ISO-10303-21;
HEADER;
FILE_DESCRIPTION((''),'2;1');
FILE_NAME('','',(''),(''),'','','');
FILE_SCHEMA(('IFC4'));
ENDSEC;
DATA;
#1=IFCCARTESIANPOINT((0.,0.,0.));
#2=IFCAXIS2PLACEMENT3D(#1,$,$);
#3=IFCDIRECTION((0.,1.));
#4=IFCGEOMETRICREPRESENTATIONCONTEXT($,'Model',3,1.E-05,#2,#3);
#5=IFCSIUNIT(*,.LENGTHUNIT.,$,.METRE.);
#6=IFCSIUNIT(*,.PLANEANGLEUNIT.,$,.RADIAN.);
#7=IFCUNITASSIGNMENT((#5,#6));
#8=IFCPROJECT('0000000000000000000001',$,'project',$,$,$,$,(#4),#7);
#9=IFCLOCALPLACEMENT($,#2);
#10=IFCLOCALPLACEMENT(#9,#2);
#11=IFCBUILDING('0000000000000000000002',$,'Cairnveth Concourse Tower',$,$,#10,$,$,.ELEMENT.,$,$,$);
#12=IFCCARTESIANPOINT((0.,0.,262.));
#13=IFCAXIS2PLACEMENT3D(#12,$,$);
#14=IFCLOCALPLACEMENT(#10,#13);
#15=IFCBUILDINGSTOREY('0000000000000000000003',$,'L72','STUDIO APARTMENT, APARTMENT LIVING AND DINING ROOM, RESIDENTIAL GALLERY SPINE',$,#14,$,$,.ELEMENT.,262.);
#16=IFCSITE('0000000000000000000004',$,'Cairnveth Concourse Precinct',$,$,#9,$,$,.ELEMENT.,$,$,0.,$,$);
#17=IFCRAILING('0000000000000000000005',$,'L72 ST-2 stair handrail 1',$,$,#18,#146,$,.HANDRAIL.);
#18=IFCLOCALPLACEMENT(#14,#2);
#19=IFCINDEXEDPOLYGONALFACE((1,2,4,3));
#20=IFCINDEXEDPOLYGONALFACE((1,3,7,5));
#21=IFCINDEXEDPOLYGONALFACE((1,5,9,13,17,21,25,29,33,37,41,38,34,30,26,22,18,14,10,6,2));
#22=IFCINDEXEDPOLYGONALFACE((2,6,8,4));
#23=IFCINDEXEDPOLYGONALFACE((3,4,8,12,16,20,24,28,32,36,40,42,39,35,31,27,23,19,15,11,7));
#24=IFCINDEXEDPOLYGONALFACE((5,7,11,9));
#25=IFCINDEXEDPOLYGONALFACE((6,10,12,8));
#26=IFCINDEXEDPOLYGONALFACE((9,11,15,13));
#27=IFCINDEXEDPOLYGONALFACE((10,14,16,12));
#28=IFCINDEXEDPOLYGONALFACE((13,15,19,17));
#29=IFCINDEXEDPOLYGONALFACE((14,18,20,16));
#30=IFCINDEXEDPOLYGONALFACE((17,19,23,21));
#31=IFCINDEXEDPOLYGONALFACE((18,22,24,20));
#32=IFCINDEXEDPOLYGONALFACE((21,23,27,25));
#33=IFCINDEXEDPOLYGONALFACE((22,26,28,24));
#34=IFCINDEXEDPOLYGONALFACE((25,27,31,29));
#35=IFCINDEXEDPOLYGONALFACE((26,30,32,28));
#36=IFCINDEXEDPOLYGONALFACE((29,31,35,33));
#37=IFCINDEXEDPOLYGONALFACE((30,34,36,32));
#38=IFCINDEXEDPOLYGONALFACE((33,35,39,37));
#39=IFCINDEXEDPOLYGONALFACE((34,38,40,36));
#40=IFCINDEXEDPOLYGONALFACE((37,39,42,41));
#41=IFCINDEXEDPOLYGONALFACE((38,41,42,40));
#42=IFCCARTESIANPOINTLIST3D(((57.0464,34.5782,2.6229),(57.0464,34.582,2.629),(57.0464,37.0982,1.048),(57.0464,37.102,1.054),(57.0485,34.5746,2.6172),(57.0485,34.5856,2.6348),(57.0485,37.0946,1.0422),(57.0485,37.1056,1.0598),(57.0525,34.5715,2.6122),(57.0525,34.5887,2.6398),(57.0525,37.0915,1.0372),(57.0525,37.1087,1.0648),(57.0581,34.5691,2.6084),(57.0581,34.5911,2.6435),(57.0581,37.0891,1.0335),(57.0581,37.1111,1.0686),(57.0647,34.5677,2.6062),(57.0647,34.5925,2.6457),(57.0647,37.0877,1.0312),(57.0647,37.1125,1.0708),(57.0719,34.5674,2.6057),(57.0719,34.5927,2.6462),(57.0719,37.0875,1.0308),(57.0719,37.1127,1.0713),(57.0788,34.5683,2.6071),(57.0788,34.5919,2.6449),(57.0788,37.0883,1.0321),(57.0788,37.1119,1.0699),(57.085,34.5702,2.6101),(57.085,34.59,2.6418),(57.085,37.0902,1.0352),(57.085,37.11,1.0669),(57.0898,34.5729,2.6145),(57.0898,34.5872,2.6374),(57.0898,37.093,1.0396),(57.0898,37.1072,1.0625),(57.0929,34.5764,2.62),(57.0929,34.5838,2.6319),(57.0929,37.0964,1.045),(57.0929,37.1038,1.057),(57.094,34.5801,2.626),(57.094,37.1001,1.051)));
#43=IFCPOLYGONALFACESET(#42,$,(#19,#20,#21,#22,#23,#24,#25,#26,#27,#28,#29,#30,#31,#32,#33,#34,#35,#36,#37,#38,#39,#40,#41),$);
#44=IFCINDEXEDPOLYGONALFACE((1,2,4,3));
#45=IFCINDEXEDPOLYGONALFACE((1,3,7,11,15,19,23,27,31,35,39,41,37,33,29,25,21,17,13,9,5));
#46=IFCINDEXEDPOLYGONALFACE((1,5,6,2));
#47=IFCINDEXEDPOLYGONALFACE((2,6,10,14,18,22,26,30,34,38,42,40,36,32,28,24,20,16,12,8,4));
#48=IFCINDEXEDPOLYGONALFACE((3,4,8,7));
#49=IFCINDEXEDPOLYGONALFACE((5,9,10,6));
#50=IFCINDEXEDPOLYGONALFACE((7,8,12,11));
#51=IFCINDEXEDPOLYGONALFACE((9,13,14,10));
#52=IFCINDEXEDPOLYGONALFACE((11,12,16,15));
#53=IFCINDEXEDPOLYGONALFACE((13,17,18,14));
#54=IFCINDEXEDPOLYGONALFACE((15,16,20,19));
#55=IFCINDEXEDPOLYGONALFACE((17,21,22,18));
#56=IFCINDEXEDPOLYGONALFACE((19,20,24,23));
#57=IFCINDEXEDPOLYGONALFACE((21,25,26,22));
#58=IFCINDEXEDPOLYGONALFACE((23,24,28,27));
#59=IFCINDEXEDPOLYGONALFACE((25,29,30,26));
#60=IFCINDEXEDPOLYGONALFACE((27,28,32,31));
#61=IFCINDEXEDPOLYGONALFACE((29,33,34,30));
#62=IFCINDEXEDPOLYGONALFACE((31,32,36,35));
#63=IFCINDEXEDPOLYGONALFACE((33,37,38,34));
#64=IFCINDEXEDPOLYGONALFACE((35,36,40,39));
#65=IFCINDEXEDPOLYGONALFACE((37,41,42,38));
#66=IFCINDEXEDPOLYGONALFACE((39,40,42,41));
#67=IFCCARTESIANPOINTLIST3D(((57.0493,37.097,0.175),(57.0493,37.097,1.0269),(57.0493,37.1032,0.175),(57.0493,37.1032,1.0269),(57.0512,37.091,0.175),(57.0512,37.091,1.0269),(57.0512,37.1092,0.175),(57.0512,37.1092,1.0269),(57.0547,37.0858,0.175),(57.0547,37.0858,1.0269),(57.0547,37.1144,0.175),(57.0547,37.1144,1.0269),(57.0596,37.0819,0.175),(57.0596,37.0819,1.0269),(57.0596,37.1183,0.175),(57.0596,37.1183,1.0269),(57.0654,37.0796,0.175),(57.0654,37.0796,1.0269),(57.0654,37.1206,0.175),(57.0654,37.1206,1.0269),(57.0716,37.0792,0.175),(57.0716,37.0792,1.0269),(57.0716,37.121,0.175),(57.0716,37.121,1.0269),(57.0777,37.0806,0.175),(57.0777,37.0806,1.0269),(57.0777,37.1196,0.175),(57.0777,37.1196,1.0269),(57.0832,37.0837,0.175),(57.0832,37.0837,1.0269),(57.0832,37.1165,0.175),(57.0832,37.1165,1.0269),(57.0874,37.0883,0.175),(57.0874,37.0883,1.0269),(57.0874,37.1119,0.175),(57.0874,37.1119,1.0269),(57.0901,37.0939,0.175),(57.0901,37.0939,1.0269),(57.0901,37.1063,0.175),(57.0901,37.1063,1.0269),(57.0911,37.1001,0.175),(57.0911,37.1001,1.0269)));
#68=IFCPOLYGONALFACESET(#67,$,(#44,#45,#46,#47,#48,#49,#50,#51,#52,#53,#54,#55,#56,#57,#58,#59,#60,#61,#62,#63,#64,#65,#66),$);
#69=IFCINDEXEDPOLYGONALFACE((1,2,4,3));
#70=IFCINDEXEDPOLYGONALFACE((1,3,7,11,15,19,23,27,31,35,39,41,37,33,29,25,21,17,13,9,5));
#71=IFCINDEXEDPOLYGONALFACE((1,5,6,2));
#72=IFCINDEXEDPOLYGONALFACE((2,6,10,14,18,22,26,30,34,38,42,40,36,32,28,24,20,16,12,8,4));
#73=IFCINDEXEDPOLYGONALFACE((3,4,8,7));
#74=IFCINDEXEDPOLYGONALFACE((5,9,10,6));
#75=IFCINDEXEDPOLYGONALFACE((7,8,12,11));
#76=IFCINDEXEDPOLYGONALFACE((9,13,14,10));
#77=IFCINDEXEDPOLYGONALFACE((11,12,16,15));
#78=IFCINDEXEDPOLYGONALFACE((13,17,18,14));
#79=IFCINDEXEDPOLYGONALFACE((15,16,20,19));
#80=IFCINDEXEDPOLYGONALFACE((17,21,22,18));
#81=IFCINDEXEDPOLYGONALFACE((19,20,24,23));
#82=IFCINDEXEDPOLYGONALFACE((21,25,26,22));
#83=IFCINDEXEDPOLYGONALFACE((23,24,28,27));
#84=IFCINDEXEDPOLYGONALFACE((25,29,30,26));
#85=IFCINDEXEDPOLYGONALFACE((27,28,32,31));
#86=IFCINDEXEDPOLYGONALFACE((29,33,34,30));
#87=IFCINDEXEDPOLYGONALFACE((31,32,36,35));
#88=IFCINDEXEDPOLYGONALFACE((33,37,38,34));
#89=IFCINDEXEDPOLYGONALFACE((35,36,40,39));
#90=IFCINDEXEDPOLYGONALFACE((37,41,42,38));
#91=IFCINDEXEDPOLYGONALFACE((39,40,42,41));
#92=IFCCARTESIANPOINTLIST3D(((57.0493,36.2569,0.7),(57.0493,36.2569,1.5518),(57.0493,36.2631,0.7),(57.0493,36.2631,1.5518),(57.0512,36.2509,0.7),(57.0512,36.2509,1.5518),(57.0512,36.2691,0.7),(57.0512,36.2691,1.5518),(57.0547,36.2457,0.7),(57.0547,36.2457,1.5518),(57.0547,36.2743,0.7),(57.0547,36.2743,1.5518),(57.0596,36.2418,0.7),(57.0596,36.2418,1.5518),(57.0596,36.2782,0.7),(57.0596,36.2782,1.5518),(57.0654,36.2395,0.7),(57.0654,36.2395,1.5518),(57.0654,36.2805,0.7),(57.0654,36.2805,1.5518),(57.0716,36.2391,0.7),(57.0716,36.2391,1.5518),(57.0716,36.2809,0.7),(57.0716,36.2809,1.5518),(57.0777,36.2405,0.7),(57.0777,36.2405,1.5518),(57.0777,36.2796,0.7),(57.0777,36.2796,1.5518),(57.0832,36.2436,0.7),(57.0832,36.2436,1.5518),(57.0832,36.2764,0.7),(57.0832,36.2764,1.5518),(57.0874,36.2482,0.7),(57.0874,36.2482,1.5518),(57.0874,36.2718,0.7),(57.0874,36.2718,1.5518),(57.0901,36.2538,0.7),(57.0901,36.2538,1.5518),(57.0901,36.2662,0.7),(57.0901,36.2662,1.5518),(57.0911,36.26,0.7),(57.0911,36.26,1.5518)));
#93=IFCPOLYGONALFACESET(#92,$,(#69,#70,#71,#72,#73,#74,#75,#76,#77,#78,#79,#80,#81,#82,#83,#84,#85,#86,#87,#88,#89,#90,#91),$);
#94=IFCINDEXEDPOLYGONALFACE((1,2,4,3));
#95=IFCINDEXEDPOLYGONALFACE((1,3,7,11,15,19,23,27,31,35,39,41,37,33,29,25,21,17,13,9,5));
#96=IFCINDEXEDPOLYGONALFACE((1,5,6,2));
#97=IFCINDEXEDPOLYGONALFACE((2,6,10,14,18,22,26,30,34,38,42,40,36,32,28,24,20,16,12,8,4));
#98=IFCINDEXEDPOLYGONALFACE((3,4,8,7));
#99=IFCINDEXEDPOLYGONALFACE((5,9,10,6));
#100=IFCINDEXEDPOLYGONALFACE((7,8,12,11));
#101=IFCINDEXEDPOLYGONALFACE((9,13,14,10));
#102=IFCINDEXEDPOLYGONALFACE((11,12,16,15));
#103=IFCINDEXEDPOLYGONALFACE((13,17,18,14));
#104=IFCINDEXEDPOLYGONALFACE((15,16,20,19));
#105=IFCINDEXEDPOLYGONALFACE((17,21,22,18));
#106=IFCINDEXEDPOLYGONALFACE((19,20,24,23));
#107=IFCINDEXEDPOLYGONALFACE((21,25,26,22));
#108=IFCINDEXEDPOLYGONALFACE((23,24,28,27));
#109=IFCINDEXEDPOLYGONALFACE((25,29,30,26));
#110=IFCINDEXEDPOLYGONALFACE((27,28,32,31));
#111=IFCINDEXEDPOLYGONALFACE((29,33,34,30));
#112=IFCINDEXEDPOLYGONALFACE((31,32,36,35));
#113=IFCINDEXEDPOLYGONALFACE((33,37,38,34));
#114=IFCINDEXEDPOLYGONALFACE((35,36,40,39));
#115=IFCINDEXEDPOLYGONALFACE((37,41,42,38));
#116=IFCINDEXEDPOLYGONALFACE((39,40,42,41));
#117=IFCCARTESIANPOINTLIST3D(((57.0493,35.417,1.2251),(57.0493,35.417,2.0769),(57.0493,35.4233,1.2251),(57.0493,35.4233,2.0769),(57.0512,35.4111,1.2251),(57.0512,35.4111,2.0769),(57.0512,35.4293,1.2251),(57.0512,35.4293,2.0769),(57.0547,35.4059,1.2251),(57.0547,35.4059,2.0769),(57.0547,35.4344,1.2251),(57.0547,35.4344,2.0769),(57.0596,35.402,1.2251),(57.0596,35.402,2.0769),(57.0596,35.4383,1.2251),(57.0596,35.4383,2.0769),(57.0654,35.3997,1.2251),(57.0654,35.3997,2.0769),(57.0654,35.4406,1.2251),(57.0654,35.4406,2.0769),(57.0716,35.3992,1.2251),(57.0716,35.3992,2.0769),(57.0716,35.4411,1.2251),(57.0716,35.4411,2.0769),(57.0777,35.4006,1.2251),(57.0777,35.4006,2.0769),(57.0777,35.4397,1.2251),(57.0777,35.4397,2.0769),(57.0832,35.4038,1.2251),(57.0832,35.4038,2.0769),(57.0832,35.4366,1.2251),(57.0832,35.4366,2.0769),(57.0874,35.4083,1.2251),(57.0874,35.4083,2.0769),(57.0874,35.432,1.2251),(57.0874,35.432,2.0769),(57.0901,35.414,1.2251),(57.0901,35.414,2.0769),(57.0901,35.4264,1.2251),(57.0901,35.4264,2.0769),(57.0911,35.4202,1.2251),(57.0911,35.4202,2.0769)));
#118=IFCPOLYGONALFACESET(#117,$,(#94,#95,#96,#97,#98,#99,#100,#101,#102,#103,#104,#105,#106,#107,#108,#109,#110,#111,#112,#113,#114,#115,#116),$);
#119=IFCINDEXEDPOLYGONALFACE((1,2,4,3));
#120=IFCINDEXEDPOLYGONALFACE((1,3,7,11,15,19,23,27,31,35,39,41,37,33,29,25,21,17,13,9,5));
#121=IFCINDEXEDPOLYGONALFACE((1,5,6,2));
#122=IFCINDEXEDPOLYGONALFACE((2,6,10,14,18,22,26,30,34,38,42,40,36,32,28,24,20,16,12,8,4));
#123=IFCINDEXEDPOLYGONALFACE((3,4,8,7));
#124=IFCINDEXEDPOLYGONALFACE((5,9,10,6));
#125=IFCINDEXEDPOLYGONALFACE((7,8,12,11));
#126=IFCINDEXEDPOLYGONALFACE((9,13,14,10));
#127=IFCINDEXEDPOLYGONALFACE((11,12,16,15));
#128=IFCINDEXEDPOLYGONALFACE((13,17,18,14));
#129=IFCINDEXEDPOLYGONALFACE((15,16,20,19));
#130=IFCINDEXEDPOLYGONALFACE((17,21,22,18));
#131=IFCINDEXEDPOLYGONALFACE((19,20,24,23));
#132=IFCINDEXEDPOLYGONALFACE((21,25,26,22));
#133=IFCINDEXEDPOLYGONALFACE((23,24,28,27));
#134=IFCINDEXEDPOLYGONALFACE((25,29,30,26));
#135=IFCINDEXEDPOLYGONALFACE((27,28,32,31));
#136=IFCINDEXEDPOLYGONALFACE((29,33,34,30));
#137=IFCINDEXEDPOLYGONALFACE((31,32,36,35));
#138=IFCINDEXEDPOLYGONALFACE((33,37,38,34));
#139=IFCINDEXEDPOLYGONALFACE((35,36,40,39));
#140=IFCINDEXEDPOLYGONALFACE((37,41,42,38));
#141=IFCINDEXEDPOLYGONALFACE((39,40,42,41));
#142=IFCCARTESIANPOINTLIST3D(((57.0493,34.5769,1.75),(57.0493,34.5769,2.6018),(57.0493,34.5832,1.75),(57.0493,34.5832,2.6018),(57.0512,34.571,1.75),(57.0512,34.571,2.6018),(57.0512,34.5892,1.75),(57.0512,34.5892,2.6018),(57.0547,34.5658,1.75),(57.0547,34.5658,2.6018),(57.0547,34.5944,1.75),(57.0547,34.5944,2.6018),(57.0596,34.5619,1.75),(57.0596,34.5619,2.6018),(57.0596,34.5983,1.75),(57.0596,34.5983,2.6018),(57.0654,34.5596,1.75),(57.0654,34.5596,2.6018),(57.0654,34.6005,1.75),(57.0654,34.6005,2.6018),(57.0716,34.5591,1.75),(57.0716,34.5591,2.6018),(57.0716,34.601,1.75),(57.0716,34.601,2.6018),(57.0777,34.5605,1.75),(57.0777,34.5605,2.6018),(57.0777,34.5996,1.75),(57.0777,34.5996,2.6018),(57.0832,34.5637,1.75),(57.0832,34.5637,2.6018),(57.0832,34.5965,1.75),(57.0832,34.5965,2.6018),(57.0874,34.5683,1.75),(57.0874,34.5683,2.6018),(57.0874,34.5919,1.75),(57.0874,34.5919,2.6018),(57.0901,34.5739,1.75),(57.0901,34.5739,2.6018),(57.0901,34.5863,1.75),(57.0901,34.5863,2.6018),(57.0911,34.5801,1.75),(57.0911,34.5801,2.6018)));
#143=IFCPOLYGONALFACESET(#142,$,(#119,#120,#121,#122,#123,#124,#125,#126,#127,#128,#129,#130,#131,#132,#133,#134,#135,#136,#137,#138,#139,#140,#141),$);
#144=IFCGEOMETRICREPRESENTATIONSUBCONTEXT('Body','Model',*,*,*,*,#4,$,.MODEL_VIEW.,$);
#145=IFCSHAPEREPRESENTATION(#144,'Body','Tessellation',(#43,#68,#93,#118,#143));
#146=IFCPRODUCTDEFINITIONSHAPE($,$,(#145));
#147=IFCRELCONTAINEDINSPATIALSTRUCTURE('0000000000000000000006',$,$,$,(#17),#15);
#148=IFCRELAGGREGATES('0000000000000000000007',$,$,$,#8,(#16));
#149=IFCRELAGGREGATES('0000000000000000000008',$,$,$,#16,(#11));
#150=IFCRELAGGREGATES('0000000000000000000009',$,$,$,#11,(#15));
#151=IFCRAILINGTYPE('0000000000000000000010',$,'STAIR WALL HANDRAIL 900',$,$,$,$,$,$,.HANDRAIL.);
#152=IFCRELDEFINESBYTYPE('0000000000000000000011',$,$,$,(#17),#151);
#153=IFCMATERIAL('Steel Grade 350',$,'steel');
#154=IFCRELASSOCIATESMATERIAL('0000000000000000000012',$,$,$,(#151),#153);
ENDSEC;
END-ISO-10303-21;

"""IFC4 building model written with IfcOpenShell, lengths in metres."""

from ifc_helpers import new_model, si_unit, direction, frame, origin, origin_2d, place, context, subcontext, project, spatial, circle, extrude, material, type_object, element, save


model = new_model("IFC4")

# Units and contexts
model_context = context("Model", 3, precision=1e-05, world=origin(), true_north=direction((0.0, 1.0)))
body_context = subcontext(model_context, "Body", "Model", "MODEL_VIEW")
ifc_project = project(units=[si_unit("LENGTHUNIT", "METRE"), si_unit("PLANEANGLEUNIT", "RADIAN")], contexts=[model_context])

# Site, building, storey
site_placement = place(None, origin())
site = spatial("IfcSite", under=ifc_project, at=site_placement, Name="Cairnveth Concourse Precinct", CompositionType="ELEMENT", RefElevation=0.0)
building_placement = place(site_placement, origin())
building = spatial("IfcBuilding", under=site, at=building_placement, Name="Cairnveth Concourse Tower", CompositionType="ELEMENT")
storey_placement = place(building_placement, frame((0.0, 0.0, 262.0)))
storey = spatial("IfcBuildingStorey", under=building, at=storey_placement, Name="L72", Description="STUDIO APARTMENT, APARTMENT LIVING AND DINING ROOM, RESIDENTIAL GALLERY SPINE", CompositionType="ELEMENT", Elevation=262.0)

# Shared definitions
ifc_material_1 = material(Name="Steel Grade 350", Category="steel")

# Railing
railing_type_1 = type_object("IfcRailingType", Name="STAIR WALL HANDRAIL 900", PredefinedType="HANDRAIL", material=ifc_material_1)
railing_1_placement = place(storey_placement, frame((57.0701, 37.1001, 0.175)))
element("IfcRailing", 1, at=railing_1_placement, inside=storey, type_object=railing_type_1, Name="L72 ST-2 stair handrail 1", PredefinedType="HANDRAIL", context=body_context, shape_type="SweptSolid", body=[
    extrude(circle(Radius=0.0239, at=origin_2d()), frame((0.0, 0.0, 0.876), z_axis=(0.0, -0.848008, 0.529984), x_axis=(1.0, 0.0, 0.0)), (0.0, 0.0, 1.0), 2.9717),
    extrude(circle(Radius=0.021, at=origin_2d()), origin(), (0.0, 0.0, 1.0), 0.8518),
    extrude(circle(Radius=0.021, at=origin_2d()), frame((0.0, -0.8401, 0.5249)), (0.0, 0.0, 1.0), 0.8518),
    extrude(circle(Radius=0.021, at=origin_2d()), frame((0.0, -1.6799, 1.05)), (0.0, 0.0, 1.0), 0.8518),
    extrude(circle(Radius=0.021, at=origin_2d()), frame((0.0, -2.52, 1.575)), (0.0, 0.0, 1.0), 0.8518),
])

save(model, "model.ifc")
